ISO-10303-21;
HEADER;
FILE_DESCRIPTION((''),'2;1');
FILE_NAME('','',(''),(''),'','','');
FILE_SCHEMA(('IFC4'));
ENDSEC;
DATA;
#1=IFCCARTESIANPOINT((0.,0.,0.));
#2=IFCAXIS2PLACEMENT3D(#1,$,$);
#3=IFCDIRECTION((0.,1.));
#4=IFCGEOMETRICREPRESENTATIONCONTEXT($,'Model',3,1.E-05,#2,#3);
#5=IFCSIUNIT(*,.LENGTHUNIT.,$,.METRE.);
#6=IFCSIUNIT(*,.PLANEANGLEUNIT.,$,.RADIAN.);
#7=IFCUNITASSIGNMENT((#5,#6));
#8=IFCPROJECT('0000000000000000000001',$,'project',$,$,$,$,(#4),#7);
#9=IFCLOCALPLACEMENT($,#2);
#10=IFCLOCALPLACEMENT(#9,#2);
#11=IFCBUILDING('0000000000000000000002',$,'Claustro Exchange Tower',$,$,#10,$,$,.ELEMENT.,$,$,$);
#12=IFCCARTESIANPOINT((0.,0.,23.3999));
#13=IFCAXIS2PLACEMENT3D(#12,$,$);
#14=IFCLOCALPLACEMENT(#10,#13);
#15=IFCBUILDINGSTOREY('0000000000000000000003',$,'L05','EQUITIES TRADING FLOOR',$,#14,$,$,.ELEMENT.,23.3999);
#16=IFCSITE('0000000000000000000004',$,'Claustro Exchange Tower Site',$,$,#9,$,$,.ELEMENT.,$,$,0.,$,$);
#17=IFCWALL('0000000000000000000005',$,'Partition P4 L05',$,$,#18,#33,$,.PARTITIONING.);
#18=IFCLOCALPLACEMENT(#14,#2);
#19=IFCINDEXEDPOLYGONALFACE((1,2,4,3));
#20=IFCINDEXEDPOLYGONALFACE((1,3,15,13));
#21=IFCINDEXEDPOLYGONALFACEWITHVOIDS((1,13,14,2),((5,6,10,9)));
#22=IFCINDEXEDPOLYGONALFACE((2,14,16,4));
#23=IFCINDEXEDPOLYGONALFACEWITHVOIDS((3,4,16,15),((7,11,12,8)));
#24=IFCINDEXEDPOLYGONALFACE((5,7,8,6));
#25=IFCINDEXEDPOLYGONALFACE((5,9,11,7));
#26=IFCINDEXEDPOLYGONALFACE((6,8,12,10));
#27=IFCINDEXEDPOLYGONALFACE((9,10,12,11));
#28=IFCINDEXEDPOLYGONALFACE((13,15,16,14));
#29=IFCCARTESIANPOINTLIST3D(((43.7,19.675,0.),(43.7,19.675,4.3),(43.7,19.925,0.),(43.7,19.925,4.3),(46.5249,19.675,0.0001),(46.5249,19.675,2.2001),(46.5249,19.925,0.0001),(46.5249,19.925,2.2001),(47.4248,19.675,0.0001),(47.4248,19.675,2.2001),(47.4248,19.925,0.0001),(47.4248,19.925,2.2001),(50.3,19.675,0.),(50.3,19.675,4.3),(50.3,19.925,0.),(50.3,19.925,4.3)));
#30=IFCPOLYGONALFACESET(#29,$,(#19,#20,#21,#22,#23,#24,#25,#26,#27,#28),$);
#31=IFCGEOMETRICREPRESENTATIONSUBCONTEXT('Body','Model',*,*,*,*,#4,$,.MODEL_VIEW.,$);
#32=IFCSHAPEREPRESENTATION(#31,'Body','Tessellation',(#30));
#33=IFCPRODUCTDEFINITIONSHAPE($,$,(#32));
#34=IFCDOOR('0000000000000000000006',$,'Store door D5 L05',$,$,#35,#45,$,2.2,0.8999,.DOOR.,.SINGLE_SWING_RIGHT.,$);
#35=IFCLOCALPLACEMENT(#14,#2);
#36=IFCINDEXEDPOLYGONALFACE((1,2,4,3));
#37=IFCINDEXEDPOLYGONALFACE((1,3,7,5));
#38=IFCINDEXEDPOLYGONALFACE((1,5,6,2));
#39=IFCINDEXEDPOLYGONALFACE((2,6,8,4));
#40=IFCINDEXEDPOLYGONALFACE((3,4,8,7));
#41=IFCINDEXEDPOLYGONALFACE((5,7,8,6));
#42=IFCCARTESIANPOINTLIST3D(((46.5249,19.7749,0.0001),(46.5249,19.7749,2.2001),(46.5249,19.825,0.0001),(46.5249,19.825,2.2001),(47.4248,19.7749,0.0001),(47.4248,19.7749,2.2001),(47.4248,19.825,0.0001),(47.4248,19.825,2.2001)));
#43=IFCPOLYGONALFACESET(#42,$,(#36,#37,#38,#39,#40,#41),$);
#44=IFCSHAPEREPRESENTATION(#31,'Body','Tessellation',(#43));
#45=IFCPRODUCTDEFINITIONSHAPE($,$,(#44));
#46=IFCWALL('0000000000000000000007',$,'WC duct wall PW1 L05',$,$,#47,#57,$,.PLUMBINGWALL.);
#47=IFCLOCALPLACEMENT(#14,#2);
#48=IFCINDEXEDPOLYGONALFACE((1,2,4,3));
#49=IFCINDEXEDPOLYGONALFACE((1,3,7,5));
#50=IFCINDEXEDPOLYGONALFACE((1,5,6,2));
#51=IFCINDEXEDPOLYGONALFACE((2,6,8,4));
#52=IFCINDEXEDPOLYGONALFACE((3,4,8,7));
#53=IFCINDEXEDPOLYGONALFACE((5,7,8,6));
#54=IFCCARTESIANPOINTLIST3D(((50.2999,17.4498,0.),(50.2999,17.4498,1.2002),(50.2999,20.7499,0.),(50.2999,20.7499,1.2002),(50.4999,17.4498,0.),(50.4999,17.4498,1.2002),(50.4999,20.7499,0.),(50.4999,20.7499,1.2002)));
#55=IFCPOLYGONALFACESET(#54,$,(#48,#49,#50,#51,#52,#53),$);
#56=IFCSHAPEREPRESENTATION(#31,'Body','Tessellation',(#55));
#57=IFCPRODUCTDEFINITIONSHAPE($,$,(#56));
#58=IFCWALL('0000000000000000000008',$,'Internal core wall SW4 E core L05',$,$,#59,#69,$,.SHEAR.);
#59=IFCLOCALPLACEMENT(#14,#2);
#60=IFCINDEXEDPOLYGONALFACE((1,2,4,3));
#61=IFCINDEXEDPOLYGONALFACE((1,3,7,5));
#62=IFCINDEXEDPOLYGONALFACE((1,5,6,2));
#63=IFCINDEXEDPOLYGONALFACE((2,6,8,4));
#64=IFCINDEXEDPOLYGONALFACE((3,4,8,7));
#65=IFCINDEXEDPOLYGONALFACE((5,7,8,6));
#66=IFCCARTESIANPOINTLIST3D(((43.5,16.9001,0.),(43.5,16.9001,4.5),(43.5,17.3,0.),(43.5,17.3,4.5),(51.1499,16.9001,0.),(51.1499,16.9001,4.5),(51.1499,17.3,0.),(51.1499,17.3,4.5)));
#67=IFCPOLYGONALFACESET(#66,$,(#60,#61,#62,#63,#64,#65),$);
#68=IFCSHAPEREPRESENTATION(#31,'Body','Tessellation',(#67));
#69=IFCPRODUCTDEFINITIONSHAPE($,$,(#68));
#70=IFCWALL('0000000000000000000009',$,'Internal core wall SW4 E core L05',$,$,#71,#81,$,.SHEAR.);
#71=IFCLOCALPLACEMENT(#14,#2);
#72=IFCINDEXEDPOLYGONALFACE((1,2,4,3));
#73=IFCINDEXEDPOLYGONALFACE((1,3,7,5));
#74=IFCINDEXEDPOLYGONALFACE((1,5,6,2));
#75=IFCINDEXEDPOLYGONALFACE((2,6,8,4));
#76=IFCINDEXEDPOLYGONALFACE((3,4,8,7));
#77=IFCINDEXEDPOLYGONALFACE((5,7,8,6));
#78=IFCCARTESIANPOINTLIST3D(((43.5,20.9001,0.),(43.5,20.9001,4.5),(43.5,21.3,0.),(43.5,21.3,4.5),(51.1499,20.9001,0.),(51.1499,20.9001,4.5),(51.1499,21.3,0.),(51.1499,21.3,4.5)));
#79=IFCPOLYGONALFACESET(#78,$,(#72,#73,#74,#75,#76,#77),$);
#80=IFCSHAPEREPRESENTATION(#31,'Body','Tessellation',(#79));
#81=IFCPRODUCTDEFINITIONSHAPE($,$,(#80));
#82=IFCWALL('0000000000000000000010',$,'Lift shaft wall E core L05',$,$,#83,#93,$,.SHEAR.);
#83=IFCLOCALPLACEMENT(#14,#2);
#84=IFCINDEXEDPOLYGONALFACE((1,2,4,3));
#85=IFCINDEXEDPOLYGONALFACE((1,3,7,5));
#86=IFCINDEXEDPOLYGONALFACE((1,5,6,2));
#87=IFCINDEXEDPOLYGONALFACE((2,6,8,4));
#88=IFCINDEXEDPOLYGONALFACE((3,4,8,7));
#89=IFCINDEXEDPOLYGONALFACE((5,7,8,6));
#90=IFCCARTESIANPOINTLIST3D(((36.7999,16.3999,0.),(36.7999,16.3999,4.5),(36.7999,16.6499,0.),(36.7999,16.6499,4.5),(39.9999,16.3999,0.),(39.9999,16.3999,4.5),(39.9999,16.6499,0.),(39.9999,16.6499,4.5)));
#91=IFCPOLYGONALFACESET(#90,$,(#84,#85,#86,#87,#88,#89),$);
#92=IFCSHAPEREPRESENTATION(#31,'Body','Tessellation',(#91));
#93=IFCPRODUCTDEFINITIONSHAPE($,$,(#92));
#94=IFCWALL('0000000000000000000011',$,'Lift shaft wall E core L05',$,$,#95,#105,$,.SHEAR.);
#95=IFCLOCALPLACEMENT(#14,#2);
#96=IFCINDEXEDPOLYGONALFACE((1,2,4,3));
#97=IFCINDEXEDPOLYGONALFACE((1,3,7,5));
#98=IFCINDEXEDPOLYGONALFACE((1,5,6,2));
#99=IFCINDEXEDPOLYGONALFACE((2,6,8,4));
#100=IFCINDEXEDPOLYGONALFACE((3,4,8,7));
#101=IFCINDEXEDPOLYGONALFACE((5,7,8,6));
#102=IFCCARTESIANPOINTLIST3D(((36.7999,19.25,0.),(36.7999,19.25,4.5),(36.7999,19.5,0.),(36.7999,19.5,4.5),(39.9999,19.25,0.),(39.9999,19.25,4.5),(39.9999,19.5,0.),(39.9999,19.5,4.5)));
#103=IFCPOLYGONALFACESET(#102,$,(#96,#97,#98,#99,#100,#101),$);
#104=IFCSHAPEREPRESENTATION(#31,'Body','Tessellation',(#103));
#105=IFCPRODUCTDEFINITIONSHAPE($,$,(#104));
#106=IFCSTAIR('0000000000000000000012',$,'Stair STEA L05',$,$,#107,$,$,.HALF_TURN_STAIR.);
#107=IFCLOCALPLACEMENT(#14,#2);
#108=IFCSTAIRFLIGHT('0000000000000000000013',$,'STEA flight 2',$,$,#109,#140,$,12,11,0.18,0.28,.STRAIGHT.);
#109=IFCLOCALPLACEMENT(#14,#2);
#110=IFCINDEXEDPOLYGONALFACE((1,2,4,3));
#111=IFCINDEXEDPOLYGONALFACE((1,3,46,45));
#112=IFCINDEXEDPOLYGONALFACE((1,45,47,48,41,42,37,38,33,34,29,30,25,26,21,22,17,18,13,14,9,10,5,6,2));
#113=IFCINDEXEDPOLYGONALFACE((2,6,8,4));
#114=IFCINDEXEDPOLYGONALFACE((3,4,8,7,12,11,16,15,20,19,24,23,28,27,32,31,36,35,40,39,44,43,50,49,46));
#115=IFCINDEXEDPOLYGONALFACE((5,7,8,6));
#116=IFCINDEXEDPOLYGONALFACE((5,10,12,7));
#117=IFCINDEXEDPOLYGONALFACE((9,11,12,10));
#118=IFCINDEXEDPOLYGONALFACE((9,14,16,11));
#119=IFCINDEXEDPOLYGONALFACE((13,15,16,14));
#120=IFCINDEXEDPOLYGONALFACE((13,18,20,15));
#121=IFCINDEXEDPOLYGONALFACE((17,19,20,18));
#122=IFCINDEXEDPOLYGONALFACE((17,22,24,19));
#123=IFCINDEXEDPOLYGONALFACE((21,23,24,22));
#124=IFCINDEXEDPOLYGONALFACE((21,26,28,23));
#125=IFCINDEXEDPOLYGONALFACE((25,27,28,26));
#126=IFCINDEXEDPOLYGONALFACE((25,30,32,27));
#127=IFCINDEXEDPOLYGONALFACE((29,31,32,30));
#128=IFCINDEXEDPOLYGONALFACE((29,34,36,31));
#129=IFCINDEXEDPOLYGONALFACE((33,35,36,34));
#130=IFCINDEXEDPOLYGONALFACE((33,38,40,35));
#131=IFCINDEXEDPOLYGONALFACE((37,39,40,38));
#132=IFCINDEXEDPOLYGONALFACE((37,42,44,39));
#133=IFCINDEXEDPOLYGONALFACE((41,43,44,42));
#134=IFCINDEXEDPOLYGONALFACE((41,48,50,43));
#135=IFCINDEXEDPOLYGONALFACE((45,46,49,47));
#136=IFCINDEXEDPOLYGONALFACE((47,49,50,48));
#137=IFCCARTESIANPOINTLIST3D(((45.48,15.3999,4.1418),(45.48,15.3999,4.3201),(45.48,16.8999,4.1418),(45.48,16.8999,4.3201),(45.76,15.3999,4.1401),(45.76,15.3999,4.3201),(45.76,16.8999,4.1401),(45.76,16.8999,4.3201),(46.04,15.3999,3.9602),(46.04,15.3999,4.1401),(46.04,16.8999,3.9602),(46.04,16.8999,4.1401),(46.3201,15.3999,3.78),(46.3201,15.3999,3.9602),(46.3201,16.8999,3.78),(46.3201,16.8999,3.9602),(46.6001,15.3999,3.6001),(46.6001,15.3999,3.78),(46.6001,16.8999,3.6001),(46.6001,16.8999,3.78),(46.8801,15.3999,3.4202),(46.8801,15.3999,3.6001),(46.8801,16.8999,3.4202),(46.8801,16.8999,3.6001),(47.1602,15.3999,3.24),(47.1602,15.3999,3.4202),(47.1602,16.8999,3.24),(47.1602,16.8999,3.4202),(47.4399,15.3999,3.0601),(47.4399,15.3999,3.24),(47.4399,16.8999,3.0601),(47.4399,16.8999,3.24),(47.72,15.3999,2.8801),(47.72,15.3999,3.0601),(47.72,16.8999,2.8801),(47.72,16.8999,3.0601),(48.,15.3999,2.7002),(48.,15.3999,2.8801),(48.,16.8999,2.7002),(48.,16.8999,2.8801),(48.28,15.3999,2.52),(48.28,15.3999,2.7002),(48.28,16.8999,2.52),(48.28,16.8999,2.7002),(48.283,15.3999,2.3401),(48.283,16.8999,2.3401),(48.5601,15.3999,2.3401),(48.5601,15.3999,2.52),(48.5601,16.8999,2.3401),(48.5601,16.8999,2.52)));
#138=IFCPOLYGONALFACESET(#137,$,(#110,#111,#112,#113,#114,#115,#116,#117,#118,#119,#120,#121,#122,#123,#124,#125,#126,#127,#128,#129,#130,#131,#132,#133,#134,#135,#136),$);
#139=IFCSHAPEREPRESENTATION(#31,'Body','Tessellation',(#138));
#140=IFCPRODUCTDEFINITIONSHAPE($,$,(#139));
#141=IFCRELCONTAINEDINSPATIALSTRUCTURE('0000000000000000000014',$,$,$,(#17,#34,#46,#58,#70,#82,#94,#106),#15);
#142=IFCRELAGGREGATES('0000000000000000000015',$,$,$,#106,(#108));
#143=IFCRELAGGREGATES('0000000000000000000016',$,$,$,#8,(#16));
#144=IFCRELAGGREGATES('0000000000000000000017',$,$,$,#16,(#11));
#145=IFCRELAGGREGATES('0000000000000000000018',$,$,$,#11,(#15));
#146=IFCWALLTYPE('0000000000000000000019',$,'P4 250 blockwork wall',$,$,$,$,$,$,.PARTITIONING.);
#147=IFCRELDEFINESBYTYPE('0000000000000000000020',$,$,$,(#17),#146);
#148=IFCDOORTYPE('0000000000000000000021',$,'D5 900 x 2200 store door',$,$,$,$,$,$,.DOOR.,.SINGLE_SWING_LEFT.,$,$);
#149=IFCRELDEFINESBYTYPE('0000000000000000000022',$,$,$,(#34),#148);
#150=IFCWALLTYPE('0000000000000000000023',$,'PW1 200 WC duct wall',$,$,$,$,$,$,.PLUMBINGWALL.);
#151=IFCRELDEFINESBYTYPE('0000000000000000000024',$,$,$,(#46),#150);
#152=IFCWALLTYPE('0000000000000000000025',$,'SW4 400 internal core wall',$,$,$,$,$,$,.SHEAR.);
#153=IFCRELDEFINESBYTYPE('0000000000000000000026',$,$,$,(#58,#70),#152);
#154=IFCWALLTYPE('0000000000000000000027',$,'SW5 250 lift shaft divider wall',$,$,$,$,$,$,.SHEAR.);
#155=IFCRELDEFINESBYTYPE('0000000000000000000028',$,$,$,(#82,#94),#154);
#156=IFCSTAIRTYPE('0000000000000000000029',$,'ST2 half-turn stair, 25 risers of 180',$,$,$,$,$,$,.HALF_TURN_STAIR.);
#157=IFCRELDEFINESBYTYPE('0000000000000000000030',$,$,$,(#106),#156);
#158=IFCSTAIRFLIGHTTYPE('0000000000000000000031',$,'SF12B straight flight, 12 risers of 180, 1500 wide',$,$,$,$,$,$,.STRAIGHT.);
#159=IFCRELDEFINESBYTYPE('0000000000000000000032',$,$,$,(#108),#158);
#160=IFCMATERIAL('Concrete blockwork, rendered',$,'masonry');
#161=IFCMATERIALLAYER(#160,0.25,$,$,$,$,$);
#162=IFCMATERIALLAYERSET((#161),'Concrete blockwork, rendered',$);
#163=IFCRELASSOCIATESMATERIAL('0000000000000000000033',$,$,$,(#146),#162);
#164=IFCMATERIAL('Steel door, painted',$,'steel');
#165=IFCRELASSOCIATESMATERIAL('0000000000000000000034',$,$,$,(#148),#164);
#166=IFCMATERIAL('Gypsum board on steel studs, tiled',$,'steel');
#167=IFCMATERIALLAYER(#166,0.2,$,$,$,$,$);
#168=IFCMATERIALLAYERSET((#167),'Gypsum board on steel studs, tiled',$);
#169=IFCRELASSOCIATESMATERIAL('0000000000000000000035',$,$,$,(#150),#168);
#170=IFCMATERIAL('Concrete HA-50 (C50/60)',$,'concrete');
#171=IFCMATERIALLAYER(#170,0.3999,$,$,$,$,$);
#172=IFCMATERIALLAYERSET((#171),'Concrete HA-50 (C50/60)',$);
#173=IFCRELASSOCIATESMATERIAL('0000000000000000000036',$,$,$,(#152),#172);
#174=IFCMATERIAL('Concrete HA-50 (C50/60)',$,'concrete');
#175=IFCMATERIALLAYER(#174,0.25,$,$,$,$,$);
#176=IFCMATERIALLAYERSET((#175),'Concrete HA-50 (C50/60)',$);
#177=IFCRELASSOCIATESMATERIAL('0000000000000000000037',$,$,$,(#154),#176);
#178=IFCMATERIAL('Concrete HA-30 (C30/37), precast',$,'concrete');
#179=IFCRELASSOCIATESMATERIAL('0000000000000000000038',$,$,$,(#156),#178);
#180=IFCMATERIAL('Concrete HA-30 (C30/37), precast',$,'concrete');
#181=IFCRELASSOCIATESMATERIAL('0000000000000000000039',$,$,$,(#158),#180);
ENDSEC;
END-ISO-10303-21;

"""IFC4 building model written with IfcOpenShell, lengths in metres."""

from ifc_helpers import new_model, si_unit, direction, frame, frame_2d, origin, place, context, subcontext, project, spatial, polyline, rectangle, outline, extrude, material, layer, layer_set, type_object, element, fill, aggregate, save


model = new_model("IFC4")

# Units and contexts
model_context = context("Model", 3, precision=1e-05, world=origin(), true_north=direction((0.0, 1.0)))
body_context = subcontext(model_context, "Body", "Model", "MODEL_VIEW")
ifc_project = project(units=[si_unit("LENGTHUNIT", "METRE"), si_unit("PLANEANGLEUNIT", "RADIAN")], contexts=[model_context])

# Site, building, storey
site_placement = place(None, origin())
site = spatial("IfcSite", under=ifc_project, at=site_placement, Name="Claustro Exchange Tower Site", CompositionType="ELEMENT", RefElevation=0.0)
building_placement = place(site_placement, origin())
building = spatial("IfcBuilding", under=site, at=building_placement, Name="Claustro Exchange Tower", CompositionType="ELEMENT")
storey_placement = place(building_placement, frame((0.0, 0.0, 23.3999)))
storey = spatial("IfcBuildingStorey", under=building, at=storey_placement, Name="L05", Description="EQUITIES TRADING FLOOR", CompositionType="ELEMENT", Elevation=23.3999)

# Wall, opening, door
ifc_material_1 = material(Name="Concrete blockwork, rendered", Category="masonry")
ifc_layer_1 = layer(ifc_material_1, 0.25)
ifc_layer_set_1 = layer_set([ifc_layer_1], Name="Concrete blockwork, rendered")
wall_type_1 = type_object("IfcWallType", Name="P4 250 blockwork wall", PredefinedType="PARTITIONING", material=ifc_layer_set_1)
wall_1_placement = place(storey_placement, frame((43.7, 19.8, 0.0), z_axis=(0.0, 0.0, 1.0), x_axis=(1.0, 0.0, 0.0)))
wall_1 = element("IfcWall", 1, at=wall_1_placement, inside=storey, type_object=wall_type_1, Name="Partition P4 L05", PredefinedType="PARTITIONING", context=body_context, shape_type="SweptSolid", body=[
    extrude(rectangle(XDim=6.6001, YDim=0.25, at=frame_2d((3.3, 0.0))), origin(), (0.0, 0.0, 1.0), 4.3),
])
opening_placement = place(wall_1_placement, frame((2.825, 0.0, 0.0)))
opening = element("IfcOpeningElement", 2, at=opening_placement, cuts=wall_1, PredefinedType="OPENING", context=body_context, shape_type="SweptSolid", body=[
    extrude(rectangle(XDim=0.8999, YDim=2.2, at=frame_2d((0.45, 1.1001))), frame((0.0, 0.135, 0.0), z_axis=(0.0, -1.0, 0.0), x_axis=(1.0, 0.0, 0.0)), (0.0, 0.0, 1.0), 0.27),
])
ifc_material_2 = material(Name="Steel door, painted", Category="steel")
door_type = type_object("IfcDoorType", Name="D5 900 x 2200 store door", OperationType="SINGLE_SWING_LEFT", PredefinedType="DOOR", material=ifc_material_2)
door_placement = place(opening_placement, origin())
door = element("IfcDoor", 3, at=door_placement, inside=storey, type_object=door_type, Name="Store door D5 L05", OperationType="SINGLE_SWING_RIGHT", OverallHeight=2.2, OverallWidth=0.8999, PredefinedType="DOOR", context=body_context, shape_type="SweptSolid", body=[
    extrude(rectangle(XDim=0.8999, YDim=2.2, at=frame_2d((0.45, 1.1001))), frame((0.0, 0.0249, 0.0), z_axis=(0.0, -1.0, 0.0), x_axis=(1.0, 0.0, 0.0)), (0.0, 0.0, 1.0), 0.05),
])
fill(opening, door)

# Walls
ifc_material_3 = material(Name="Gypsum board on steel studs, tiled", Category="steel")
ifc_layer_2 = layer(ifc_material_3, 0.2)
ifc_layer_set_2 = layer_set([ifc_layer_2], Name="Gypsum board on steel studs, tiled")
wall_type_2 = type_object("IfcWallType", Name="PW1 200 WC duct wall", PredefinedType="PLUMBINGWALL", material=ifc_layer_set_2)
wall_2_placement = place(storey_placement, frame((50.3999, 17.45, 0.0), z_axis=(0.0, 0.0, 1.0), x_axis=(0.0, 1.0, 0.0)))
element("IfcWall", 4, at=wall_2_placement, inside=storey, type_object=wall_type_2, Name="WC duct wall PW1 L05", PredefinedType="PLUMBINGWALL", context=body_context, shape_type="SweptSolid", body=[
    extrude(rectangle(XDim=3.3, YDim=0.2, at=frame_2d((1.6499, 0.0))), origin(), (0.0, 0.0, 1.0), 1.2002),
])
ifc_material_4 = material(Name="Concrete HA-50 (C50/60)", Category="concrete")
ifc_layer_3 = layer(ifc_material_4, 0.3999)
ifc_layer_set_3 = layer_set([ifc_layer_3], Name="Concrete HA-50 (C50/60)")
wall_type_3 = type_object("IfcWallType", Name="SW4 400 internal core wall", PredefinedType="SHEAR", material=ifc_layer_set_3)
for number, where, z_axis, x_axis, name in (
    (5, (51.1499, 17.1001, 0.0), (0.0, 0.0, 1.0), (-1.0, 0.0, 0.0), "Internal core wall SW4 E core L05"),
    (6, (51.1499, 21.1001, 0.0), (0.0, 0.0, 1.0), (-1.0, 0.0, 0.0), "Internal core wall SW4 E core L05"),
):
    element("IfcWall", number, at=place(storey_placement, frame(where, z_axis=z_axis, x_axis=x_axis)), inside=storey, type_object=wall_type_3, Name=name, PredefinedType="SHEAR", context=body_context, shape_type="SweptSolid", body=[
        extrude(rectangle(XDim=7.6499, YDim=0.3999, at=frame_2d((3.825, 0.0))), origin(), (0.0, 0.0, 1.0), 4.5),
    ])
ifc_material_5 = material(Name="Concrete HA-50 (C50/60)", Category="concrete")
ifc_layer_4 = layer(ifc_material_5, 0.25)
ifc_layer_set_4 = layer_set([ifc_layer_4], Name="Concrete HA-50 (C50/60)")
wall_type_4 = type_object("IfcWallType", Name="SW5 250 lift shaft divider wall", PredefinedType="SHEAR", material=ifc_layer_set_4)
for number, where, z_axis, x_axis, name in (
    (7, (40.0, 16.5249, 0.0), (0.0, 0.0, 1.0), (-1.0, 0.0, 0.0), "Lift shaft wall E core L05"),
    (8, (40.0, 19.375, 0.0), (0.0, 0.0, 1.0), (-1.0, 0.0, 0.0), "Lift shaft wall E core L05"),
):
    element("IfcWall", number, at=place(storey_placement, frame(where, z_axis=z_axis, x_axis=x_axis)), inside=storey, type_object=wall_type_4, Name=name, PredefinedType="SHEAR", context=body_context, shape_type="SweptSolid", body=[
        extrude(rectangle(XDim=3.2, YDim=0.25, at=frame_2d((1.6001, 0.0))), origin(), (0.0, 0.0, 1.0), 4.5),
    ])

# Stair, stair flight
ifc_material_6 = material(Name="Concrete HA-30 (C30/37), precast", Category="concrete")
stair_type = type_object("IfcStairType", Name="ST2 half-turn stair, 25 risers of 180", PredefinedType="HALF_TURN_STAIR", material=ifc_material_6)
stair_placement = place(storey_placement, origin())
stair = element("IfcStair", 9, at=stair_placement, inside=storey, type_object=stair_type, Name="Stair STEA L05", PredefinedType="HALF_TURN_STAIR")
ifc_material_7 = material(Name="Concrete HA-30 (C30/37), precast", Category="concrete")
stair_flight_type = type_object("IfcStairFlightType", Name="SF12B straight flight, 12 risers of 180, 1500 wide", PredefinedType="STRAIGHT", material=ifc_material_7)
stair_flight_placement = place(storey_placement, frame((48.5601, 16.1499, 2.3401), z_axis=(0.0, 0.0, 1.0), x_axis=(-1.0, 0.0, 0.0)))
stair_flight = element("IfcStairFlight", 10, at=stair_flight_placement, type_object=stair_flight_type, Name="STEA flight 2", NumberOfRisers=12, NumberOfTreads=11, PredefinedType="STRAIGHT", RiserHeight=0.18, TreadLength=0.28, context=body_context, shape_type="SweptSolid", body=[
    extrude(outline(polyline([(0.0, 0.0), (0.0, 0.1799), (0.28, 0.1799), (0.28, 0.3601), (0.5601, 0.3601), (0.5601, 0.54), (0.8401, 0.54), (0.8401, 0.72), (1.1201, 0.72), (1.1201, 0.8999), (1.3999, 0.8999), (1.3999, 1.0801), (1.6799, 1.0801), (1.6799, 1.26), (1.96, 1.26), (1.96, 1.4399), (2.24, 1.4399), (2.24, 1.6201), (2.52, 1.6201), (2.52, 1.8), (2.8, 1.8), (2.8, 1.98), (3.0801, 1.98), (3.0801, 2.1599), (3.0801, 1.8018), (0.2771, 0.0), (0.0, 0.0)])), frame((0.0, 0.75, 0.0), z_axis=(0.0, -1.0, 0.0), x_axis=(1.0, 0.0, 0.0)), (0.0, 0.0, 1.0), 1.5),
])
aggregate(stair, [stair_flight])

save(model, "model.ifc")
